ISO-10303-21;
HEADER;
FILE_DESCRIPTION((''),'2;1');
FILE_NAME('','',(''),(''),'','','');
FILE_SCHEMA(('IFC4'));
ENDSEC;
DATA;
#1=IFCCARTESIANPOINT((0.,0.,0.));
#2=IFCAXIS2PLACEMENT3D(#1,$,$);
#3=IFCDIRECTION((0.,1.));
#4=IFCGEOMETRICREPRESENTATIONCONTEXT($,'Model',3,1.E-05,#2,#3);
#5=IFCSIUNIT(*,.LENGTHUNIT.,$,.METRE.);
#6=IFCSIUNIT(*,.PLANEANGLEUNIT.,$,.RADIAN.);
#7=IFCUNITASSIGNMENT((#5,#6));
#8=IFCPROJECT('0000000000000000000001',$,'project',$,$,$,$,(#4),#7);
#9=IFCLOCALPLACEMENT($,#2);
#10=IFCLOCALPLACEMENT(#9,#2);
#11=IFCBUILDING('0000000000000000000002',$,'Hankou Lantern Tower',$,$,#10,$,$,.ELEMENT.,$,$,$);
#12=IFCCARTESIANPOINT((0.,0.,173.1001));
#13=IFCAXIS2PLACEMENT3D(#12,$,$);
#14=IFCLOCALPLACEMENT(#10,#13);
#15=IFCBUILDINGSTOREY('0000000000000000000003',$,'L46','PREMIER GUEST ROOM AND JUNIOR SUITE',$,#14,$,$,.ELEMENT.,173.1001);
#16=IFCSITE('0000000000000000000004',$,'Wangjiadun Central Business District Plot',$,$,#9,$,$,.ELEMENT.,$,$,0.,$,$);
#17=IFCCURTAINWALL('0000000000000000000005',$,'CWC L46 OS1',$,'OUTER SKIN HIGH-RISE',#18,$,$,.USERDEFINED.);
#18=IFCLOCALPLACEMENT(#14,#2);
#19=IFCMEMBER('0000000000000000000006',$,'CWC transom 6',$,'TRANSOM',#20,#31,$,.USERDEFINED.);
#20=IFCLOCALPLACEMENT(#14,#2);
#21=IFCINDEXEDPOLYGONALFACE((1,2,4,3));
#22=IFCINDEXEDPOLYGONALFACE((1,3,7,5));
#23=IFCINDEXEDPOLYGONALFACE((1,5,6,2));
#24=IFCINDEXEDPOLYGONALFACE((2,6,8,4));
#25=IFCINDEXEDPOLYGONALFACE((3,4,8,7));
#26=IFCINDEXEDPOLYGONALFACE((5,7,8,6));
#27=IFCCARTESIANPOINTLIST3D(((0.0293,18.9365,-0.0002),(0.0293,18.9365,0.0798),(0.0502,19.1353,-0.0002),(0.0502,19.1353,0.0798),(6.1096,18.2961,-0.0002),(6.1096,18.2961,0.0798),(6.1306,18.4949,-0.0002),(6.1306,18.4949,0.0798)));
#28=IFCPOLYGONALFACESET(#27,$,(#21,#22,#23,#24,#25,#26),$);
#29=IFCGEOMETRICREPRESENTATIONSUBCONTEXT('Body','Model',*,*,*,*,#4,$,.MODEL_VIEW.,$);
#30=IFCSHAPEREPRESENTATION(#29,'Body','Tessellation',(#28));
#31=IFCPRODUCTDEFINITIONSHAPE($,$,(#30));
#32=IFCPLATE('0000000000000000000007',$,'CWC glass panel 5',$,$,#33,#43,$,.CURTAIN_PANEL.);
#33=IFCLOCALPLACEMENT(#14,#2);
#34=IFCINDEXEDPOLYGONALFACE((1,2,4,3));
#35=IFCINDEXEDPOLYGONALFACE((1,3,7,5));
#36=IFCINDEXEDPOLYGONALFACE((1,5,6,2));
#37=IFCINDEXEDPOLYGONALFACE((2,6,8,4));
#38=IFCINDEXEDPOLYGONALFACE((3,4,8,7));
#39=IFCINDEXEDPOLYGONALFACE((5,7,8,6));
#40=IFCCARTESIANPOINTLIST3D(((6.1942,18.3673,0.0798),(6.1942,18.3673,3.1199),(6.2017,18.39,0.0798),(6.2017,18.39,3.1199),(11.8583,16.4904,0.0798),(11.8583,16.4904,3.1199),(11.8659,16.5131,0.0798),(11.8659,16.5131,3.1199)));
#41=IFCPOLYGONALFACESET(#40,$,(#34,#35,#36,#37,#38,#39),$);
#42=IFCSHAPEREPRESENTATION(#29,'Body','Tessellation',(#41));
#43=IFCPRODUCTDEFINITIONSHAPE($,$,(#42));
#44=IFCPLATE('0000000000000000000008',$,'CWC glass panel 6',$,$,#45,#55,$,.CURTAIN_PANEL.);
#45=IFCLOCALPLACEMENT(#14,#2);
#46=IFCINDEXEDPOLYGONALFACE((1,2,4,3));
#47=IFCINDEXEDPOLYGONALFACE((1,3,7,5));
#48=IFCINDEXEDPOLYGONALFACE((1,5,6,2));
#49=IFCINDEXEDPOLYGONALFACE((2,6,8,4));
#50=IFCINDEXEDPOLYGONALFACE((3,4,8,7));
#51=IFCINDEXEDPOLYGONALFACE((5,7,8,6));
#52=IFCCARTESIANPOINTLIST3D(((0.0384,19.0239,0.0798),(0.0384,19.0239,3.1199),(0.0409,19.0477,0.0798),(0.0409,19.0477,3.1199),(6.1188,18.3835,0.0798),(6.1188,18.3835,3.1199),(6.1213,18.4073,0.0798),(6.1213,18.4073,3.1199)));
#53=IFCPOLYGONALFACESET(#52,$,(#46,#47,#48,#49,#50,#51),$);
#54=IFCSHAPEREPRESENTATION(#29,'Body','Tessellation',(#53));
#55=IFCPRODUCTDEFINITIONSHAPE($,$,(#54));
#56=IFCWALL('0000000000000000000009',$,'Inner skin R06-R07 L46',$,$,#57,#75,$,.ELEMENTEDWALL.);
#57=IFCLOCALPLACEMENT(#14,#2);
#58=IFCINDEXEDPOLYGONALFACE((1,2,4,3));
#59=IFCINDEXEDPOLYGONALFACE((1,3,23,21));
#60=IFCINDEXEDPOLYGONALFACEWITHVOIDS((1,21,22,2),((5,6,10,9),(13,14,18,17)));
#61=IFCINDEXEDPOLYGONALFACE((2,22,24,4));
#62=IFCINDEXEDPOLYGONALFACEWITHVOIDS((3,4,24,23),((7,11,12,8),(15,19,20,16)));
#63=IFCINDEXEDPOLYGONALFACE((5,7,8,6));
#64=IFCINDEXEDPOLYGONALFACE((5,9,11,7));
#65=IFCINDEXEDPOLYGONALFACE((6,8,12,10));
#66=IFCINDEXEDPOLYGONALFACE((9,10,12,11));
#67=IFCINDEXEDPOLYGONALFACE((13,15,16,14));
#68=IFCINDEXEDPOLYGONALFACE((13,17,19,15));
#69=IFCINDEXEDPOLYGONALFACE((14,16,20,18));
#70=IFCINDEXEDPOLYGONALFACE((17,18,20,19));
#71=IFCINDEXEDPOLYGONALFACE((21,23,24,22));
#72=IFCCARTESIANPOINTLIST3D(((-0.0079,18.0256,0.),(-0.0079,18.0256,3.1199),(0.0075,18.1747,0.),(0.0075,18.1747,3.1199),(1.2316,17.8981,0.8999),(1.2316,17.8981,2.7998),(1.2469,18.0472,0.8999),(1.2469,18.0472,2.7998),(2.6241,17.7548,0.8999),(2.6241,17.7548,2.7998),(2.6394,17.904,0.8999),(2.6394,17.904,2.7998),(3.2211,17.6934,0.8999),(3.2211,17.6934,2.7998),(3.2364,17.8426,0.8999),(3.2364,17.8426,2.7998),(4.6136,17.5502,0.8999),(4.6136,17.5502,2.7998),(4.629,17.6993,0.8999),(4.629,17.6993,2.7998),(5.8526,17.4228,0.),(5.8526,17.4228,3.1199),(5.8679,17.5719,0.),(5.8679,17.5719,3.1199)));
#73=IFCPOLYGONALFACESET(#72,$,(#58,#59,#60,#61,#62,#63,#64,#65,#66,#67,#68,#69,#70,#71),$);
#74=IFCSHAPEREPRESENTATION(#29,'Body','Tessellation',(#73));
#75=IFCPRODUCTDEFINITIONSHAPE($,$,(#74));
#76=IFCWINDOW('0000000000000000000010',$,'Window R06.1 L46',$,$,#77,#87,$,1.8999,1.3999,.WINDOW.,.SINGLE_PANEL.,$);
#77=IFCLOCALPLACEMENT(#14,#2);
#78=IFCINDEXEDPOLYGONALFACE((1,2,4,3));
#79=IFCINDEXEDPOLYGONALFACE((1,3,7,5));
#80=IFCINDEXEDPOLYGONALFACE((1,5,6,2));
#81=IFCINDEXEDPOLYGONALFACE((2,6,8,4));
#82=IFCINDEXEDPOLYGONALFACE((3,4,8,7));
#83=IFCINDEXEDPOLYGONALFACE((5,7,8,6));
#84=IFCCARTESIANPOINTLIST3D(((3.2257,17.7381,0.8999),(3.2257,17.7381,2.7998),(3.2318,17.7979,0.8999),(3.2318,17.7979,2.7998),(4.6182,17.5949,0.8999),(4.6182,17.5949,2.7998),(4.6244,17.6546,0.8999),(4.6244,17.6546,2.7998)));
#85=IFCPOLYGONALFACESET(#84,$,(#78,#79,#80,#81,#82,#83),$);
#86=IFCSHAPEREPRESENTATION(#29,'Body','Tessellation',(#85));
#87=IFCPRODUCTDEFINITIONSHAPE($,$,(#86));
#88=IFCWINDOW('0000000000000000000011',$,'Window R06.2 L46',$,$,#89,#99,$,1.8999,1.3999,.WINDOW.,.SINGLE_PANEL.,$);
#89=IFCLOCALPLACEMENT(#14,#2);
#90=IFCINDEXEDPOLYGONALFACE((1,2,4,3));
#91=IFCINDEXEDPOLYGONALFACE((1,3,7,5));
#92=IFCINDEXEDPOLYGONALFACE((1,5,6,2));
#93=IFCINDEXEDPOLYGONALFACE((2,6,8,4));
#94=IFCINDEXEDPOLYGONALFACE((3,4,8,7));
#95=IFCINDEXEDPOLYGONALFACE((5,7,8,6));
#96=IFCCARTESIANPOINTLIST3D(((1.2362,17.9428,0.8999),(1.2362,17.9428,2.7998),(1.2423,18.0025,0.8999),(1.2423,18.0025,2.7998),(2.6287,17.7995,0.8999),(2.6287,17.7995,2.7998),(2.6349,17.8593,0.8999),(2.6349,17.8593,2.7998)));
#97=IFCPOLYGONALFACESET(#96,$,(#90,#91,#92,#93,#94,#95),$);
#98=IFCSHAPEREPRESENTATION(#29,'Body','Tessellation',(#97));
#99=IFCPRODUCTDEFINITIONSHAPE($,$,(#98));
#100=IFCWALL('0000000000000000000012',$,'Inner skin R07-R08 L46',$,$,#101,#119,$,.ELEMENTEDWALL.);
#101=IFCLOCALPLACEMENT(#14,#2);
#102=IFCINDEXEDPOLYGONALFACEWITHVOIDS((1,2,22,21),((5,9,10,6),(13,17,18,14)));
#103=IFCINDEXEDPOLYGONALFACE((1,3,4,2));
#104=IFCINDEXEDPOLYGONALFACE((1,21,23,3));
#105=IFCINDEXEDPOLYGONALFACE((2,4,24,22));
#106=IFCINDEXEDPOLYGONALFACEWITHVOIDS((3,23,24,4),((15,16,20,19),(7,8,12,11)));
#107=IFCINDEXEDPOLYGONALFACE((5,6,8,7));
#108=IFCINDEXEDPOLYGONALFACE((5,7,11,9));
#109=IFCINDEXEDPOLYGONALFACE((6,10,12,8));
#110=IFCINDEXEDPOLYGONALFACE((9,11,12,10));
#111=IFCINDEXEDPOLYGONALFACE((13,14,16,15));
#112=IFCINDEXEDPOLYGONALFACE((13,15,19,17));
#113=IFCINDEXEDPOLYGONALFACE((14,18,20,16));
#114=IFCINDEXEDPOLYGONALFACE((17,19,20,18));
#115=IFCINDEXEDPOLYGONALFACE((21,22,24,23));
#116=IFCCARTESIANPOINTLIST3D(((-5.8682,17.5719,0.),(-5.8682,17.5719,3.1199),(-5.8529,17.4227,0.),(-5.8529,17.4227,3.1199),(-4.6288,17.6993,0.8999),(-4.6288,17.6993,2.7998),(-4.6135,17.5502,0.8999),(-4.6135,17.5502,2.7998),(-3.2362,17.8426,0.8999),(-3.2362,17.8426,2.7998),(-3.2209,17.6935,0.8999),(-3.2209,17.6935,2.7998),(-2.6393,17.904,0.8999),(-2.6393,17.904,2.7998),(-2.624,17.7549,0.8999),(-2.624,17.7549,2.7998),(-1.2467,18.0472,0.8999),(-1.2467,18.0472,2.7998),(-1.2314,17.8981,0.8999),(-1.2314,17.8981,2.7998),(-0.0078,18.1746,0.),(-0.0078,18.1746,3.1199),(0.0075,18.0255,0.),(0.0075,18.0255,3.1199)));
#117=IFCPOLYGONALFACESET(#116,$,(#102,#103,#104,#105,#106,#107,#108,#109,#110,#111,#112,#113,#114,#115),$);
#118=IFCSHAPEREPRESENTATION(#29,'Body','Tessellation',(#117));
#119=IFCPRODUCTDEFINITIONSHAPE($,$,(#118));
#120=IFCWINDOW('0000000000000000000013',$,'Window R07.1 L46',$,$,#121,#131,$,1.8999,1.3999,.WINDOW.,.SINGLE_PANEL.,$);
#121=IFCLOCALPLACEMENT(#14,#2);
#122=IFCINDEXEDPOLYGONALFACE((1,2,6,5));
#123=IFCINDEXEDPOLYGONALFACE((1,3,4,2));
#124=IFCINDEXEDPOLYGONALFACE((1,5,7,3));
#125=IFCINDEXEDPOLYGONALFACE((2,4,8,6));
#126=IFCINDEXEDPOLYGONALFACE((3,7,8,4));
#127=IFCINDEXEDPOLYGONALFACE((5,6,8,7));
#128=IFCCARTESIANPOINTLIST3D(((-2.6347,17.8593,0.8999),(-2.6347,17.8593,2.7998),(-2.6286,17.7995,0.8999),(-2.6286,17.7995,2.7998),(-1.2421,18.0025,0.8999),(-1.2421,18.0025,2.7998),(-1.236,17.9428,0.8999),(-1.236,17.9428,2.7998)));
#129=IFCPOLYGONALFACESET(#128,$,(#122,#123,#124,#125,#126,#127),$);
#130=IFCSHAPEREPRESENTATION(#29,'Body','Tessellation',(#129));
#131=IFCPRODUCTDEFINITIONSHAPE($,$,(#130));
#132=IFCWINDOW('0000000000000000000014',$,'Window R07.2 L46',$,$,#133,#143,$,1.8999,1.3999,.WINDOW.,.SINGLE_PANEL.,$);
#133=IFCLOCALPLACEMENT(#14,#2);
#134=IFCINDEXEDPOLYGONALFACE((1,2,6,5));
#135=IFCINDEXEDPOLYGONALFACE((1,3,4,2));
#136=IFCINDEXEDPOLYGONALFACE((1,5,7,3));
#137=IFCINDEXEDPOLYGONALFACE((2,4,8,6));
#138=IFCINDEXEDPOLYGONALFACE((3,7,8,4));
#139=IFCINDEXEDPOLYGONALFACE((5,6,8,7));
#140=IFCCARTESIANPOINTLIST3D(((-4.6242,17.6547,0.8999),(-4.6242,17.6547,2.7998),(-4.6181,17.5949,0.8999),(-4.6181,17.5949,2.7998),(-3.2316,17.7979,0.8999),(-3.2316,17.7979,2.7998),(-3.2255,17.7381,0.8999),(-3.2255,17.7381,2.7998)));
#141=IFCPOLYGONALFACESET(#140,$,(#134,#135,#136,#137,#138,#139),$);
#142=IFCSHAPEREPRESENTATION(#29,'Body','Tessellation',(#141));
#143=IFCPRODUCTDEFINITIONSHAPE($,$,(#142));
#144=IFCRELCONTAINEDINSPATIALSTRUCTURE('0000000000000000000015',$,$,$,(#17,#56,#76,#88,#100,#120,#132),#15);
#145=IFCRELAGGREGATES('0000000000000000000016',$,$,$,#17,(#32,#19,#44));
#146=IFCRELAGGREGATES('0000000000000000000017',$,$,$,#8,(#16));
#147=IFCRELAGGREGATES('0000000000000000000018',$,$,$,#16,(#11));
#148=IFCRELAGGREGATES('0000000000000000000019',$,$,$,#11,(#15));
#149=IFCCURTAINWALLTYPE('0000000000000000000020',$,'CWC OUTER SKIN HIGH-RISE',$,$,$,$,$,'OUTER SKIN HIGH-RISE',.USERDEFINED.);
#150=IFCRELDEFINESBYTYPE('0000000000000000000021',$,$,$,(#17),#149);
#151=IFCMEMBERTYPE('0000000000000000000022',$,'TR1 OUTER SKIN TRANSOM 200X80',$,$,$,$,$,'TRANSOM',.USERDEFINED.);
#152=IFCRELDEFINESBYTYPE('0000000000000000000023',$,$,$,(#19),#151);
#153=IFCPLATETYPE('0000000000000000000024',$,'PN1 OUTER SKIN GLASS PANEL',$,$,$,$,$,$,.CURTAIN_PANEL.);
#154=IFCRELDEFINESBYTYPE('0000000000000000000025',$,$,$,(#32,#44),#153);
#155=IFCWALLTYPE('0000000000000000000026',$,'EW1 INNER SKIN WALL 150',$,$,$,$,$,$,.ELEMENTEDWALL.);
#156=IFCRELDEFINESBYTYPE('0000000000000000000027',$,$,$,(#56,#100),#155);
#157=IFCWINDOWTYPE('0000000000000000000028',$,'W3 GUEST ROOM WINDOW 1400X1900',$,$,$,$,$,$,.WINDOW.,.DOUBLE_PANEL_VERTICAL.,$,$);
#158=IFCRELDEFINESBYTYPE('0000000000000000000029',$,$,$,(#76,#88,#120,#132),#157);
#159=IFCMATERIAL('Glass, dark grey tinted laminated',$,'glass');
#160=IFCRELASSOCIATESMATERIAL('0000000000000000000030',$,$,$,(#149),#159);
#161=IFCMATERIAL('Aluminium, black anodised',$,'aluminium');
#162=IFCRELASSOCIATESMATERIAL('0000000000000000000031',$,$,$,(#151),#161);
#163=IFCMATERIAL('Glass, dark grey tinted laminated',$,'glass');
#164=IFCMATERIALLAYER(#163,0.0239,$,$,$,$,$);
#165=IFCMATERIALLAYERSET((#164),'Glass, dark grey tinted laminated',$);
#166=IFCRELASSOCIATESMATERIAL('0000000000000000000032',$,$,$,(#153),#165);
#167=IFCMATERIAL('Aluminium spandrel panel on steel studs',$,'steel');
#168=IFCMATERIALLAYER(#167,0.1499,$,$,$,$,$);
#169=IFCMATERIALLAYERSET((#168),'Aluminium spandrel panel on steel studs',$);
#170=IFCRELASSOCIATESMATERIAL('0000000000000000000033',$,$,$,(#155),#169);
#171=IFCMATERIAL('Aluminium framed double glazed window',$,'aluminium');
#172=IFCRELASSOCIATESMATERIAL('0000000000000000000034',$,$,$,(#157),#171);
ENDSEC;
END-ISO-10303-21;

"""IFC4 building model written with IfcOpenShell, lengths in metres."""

from ifc_helpers import new_model, si_unit, direction, frame, frame_2d, origin, origin_2d, place, context, subcontext, project, spatial, rectangle, extrude, material, layer, layer_set, material_profile, profile_set, type_object, element, fill, aggregate, save


model = new_model("IFC4")

# Units and contexts
model_context = context("Model", 3, precision=1e-05, world=origin(), true_north=direction((0.0, 1.0)))
body_context = subcontext(model_context, "Body", "Model", "MODEL_VIEW")
ifc_project = project(units=[si_unit("LENGTHUNIT", "METRE"), si_unit("PLANEANGLEUNIT", "RADIAN")], contexts=[model_context])

# Site, building, storey
site_placement = place(None, origin())
site = spatial("IfcSite", under=ifc_project, at=site_placement, Name="Wangjiadun Central Business District Plot", CompositionType="ELEMENT", RefElevation=0.0)
building_placement = place(site_placement, origin())
building = spatial("IfcBuilding", under=site, at=building_placement, Name="Hankou Lantern Tower", CompositionType="ELEMENT")
storey_placement = place(building_placement, frame((0.0, 0.0, 173.1001)))
storey = spatial("IfcBuildingStorey", under=building, at=storey_placement, Name="L46", Description="PREMIER GUEST ROOM AND JUNIOR SUITE", CompositionType="ELEMENT", Elevation=173.1001)

# Curtain wall
ifc_material_1 = material(Name="Glass, dark grey tinted laminated", Category="glass")
curtain_wall_type = type_object("IfcCurtainWallType", Name="CWC OUTER SKIN HIGH-RISE", ElementType="OUTER SKIN HIGH-RISE", PredefinedType="USERDEFINED", material=ifc_material_1)
curtain_wall_1_placement = place(storey_placement, origin())
curtain_wall_1 = element("IfcCurtainWall", 1, at=curtain_wall_1_placement, inside=storey, type_object=curtain_wall_type, Name="CWC L46 OS1", ObjectType="OUTER SKIN HIGH-RISE", PredefinedType="USERDEFINED")

# Member
ifc_material_2 = material(Name="Aluminium, black anodised", Category="aluminium")
ifc_material_profile_1 = material_profile(ifc_material_2, rectangle(XDim=0.2, YDim=0.0801, at=origin_2d()), Name="TR1 200X80")
ifc_profile_set_1 = profile_set([ifc_material_profile_1], Name="Aluminium, black anodised")
member_type_1 = type_object("IfcMemberType", Name="TR1 OUTER SKIN TRANSOM 200X80", ElementType="TRANSOM", PredefinedType="USERDEFINED", material=ifc_profile_set_1)
member_1_placement = place(storey_placement, frame((6.1201, 18.3955, 0.0398), z_axis=(-0.9945, 0.104741, 0.0), x_axis=(-0.104741, -0.9945, 0.0)))
member_1 = element("IfcMember", 2, at=member_1_placement, type_object=member_type_1, Name="CWC transom 6", ObjectType="TRANSOM", PredefinedType="USERDEFINED", context=body_context, shape_type="SweptSolid", body=[
    extrude(rectangle(XDim=0.2, YDim=0.0801, at=origin_2d()), origin(), (0.0, 0.0, 1.0), 6.114),
])

# Plates
ifc_material_3 = material(Name="Glass, dark grey tinted laminated", Category="glass")
ifc_layer_1 = layer(ifc_material_3, 0.0239)
ifc_layer_set_1 = layer_set([ifc_layer_1], Name="Glass, dark grey tinted laminated")
plate_type = type_object("IfcPlateType", Name="PN1 OUTER SKIN GLASS PANEL", PredefinedType="CURTAIN_PANEL", material=ifc_layer_set_1)
plate_1_placement = place(storey_placement, frame((9.03, 17.4402, 0.0798), z_axis=(0.0, 0.0, 1.0), x_axis=(-0.949241, 0.314551, 0.0)))
plate_1 = element("IfcPlate", 3, at=plate_1_placement, type_object=plate_type, Name="CWC glass panel 5", PredefinedType="CURTAIN_PANEL", context=body_context, shape_type="SweptSolid", body=[
    extrude(rectangle(XDim=5.967, YDim=0.0239, at=origin_2d()), origin(), (0.0, 0.0, 1.0), 3.04),
])
plate_2_placement = place(storey_placement, frame((3.0798, 18.7156, 0.0798), z_axis=(0.0, 0.0, 1.0), x_axis=(-0.994499, 0.104743, 0.0)))
plate_2 = element("IfcPlate", 4, at=plate_2_placement, type_object=plate_type, Name="CWC glass panel 6", PredefinedType="CURTAIN_PANEL", context=body_context, shape_type="SweptSolid", body=[
    extrude(rectangle(XDim=6.114, YDim=0.0239, at=origin_2d()), origin(), (0.0, 0.0, 1.0), 3.04),
])
aggregate(curtain_wall_1, [plate_1, member_1, plate_2])

# Walls, openings, windows
ifc_material_4 = material(Name="Aluminium spandrel panel on steel studs", Category="steel")
ifc_layer_2 = layer(ifc_material_4, 0.1499)
ifc_layer_set_2 = layer_set([ifc_layer_2], Name="Aluminium spandrel panel on steel studs")
wall_type_1 = type_object("IfcWallType", Name="EW1 INNER SKIN WALL 150", PredefinedType="ELEMENTEDWALL", material=ifc_layer_set_2)
wall_1_placement = place(storey_placement, frame((5.8604, 17.4973, 0.0), z_axis=(0.0, 0.0, 1.0), x_axis=(-0.994752, 0.102318, 0.0)))
wall_1 = element("IfcWall", 5, at=wall_1_placement, inside=storey, type_object=wall_type_1, Name="Inner skin R06-R07 L46", PredefinedType="ELEMENTEDWALL", context=body_context, shape_type="SweptSolid", body=[
    extrude(rectangle(XDim=5.8914, YDim=0.1499, at=frame_2d((2.9458, 0.0))), origin(), (0.0, 0.0, 1.0), 3.1199),
])
opening_1_placement = place(wall_1_placement, frame((1.2456, 0.0, 0.8999)))
opening_1 = element("IfcOpeningElement", 6, at=opening_1_placement, cuts=wall_1, PredefinedType="OPENING", context=body_context, shape_type="SweptSolid", body=[
    extrude(rectangle(XDim=1.3999, YDim=1.8999, at=frame_2d((0.7, 0.95))), frame((0.0, 0.085, 0.0), z_axis=(0.0, -1.0, 0.0), x_axis=(1.0, 0.0, 0.0)), (0.0, 0.0, 1.0), 0.1699),
])
opening_2_placement = place(wall_1_placement, frame((3.2456, 0.0, 0.8999)))
opening_2 = element("IfcOpeningElement", 7, at=opening_2_placement, cuts=wall_1, PredefinedType="OPENING", context=body_context, shape_type="SweptSolid", body=[
    extrude(rectangle(XDim=1.3999, YDim=1.8999, at=frame_2d((0.7, 0.95))), frame((0.0, 0.085, 0.0), z_axis=(0.0, -1.0, 0.0), x_axis=(1.0, 0.0, 0.0)), (0.0, 0.0, 1.0), 0.1699),
])
ifc_material_5 = material(Name="Aluminium framed double glazed window", Category="aluminium")
window_type = type_object("IfcWindowType", Name="W3 GUEST ROOM WINDOW 1400X1900", PartitioningType="DOUBLE_PANEL_VERTICAL", PredefinedType="WINDOW", material=ifc_material_5)
window_1_placement = place(opening_1_placement, origin())
window_1 = element("IfcWindow", 8, at=window_1_placement, inside=storey, type_object=window_type, Name="Window R06.1 L46", OverallHeight=1.8999, OverallWidth=1.3999, PartitioningType="SINGLE_PANEL", PredefinedType="WINDOW", context=body_context, shape_type="SweptSolid", body=[
    extrude(rectangle(XDim=1.3999, YDim=1.8999, at=frame_2d((0.7, 0.95))), frame((0.0, 0.03, 0.0), z_axis=(0.0, -1.0, 0.0), x_axis=(1.0, 0.0, 0.0)), (0.0, 0.0, 1.0), 0.0601),
])
fill(opening_1, window_1)
window_2_placement = place(opening_2_placement, origin())
window_2 = element("IfcWindow", 9, at=window_2_placement, inside=storey, type_object=window_type, Name="Window R06.2 L46", OverallHeight=1.8999, OverallWidth=1.3999, PartitioningType="SINGLE_PANEL", PredefinedType="WINDOW", context=body_context, shape_type="SweptSolid", body=[
    extrude(rectangle(XDim=1.3999, YDim=1.8999, at=frame_2d((0.7, 0.95))), frame((0.0, 0.03, 0.0), z_axis=(0.0, -1.0, 0.0), x_axis=(1.0, 0.0, 0.0)), (0.0, 0.0, 1.0), 0.0601),
])
fill(opening_2, window_2)
wall_2_placement = place(storey_placement, frame((0.0, 18.1001, 0.0), z_axis=(0.0, 0.0, 1.0), x_axis=(-0.994752, -0.102318, 0.0)))
wall_2 = element("IfcWall", 10, at=wall_2_placement, inside=storey, type_object=wall_type_1, Name="Inner skin R07-R08 L46", PredefinedType="ELEMENTEDWALL", context=body_context, shape_type="SweptSolid", body=[
    extrude(rectangle(XDim=5.8914, YDim=0.1499, at=frame_2d((2.9458, 0.0))), origin(), (0.0, 0.0, 1.0), 3.1199),
])
opening_3_placement = place(wall_2_placement, frame((1.2456, 0.0, 0.8999)))
opening_3 = element("IfcOpeningElement", 11, at=opening_3_placement, cuts=wall_2, PredefinedType="OPENING", context=body_context, shape_type="SweptSolid", body=[
    extrude(rectangle(XDim=1.3999, YDim=1.8999, at=frame_2d((0.7, 0.95))), frame((0.0, 0.085, 0.0), z_axis=(0.0, -1.0, 0.0), x_axis=(1.0, 0.0, 0.0)), (0.0, 0.0, 1.0), 0.1699),
])
opening_4_placement = place(wall_2_placement, frame((3.2456, 0.0, 0.8999)))
opening_4 = element("IfcOpeningElement", 12, at=opening_4_placement, cuts=wall_2, PredefinedType="OPENING", context=body_context, shape_type="SweptSolid", body=[
    extrude(rectangle(XDim=1.3999, YDim=1.8999, at=frame_2d((0.7, 0.95))), frame((0.0, 0.085, 0.0), z_axis=(0.0, -1.0, 0.0), x_axis=(1.0, 0.0, 0.0)), (0.0, 0.0, 1.0), 0.1699),
])
window_3_placement = place(opening_3_placement, origin())
window_3 = element("IfcWindow", 13, at=window_3_placement, inside=storey, type_object=window_type, Name="Window R07.1 L46", OverallHeight=1.8999, OverallWidth=1.3999, PartitioningType="SINGLE_PANEL", PredefinedType="WINDOW", context=body_context, shape_type="SweptSolid", body=[
    extrude(rectangle(XDim=1.3999, YDim=1.8999, at=frame_2d((0.7, 0.95))), frame((0.0, 0.03, 0.0), z_axis=(0.0, -1.0, 0.0), x_axis=(1.0, 0.0, 0.0)), (0.0, 0.0, 1.0), 0.0601),
])
fill(opening_3, window_3)
window_4_placement = place(opening_4_placement, origin())
window_4 = element("IfcWindow", 14, at=window_4_placement, inside=storey, type_object=window_type, Name="Window R07.2 L46", OverallHeight=1.8999, OverallWidth=1.3999, PartitioningType="SINGLE_PANEL", PredefinedType="WINDOW", context=body_context, shape_type="SweptSolid", body=[
    extrude(rectangle(XDim=1.3999, YDim=1.8999, at=frame_2d((0.7, 0.95))), frame((0.0, 0.03, 0.0), z_axis=(0.0, -1.0, 0.0), x_axis=(1.0, 0.0, 0.0)), (0.0, 0.0, 1.0), 0.0601),
])
fill(opening_4, window_4)

save(model, "model.ifc")
